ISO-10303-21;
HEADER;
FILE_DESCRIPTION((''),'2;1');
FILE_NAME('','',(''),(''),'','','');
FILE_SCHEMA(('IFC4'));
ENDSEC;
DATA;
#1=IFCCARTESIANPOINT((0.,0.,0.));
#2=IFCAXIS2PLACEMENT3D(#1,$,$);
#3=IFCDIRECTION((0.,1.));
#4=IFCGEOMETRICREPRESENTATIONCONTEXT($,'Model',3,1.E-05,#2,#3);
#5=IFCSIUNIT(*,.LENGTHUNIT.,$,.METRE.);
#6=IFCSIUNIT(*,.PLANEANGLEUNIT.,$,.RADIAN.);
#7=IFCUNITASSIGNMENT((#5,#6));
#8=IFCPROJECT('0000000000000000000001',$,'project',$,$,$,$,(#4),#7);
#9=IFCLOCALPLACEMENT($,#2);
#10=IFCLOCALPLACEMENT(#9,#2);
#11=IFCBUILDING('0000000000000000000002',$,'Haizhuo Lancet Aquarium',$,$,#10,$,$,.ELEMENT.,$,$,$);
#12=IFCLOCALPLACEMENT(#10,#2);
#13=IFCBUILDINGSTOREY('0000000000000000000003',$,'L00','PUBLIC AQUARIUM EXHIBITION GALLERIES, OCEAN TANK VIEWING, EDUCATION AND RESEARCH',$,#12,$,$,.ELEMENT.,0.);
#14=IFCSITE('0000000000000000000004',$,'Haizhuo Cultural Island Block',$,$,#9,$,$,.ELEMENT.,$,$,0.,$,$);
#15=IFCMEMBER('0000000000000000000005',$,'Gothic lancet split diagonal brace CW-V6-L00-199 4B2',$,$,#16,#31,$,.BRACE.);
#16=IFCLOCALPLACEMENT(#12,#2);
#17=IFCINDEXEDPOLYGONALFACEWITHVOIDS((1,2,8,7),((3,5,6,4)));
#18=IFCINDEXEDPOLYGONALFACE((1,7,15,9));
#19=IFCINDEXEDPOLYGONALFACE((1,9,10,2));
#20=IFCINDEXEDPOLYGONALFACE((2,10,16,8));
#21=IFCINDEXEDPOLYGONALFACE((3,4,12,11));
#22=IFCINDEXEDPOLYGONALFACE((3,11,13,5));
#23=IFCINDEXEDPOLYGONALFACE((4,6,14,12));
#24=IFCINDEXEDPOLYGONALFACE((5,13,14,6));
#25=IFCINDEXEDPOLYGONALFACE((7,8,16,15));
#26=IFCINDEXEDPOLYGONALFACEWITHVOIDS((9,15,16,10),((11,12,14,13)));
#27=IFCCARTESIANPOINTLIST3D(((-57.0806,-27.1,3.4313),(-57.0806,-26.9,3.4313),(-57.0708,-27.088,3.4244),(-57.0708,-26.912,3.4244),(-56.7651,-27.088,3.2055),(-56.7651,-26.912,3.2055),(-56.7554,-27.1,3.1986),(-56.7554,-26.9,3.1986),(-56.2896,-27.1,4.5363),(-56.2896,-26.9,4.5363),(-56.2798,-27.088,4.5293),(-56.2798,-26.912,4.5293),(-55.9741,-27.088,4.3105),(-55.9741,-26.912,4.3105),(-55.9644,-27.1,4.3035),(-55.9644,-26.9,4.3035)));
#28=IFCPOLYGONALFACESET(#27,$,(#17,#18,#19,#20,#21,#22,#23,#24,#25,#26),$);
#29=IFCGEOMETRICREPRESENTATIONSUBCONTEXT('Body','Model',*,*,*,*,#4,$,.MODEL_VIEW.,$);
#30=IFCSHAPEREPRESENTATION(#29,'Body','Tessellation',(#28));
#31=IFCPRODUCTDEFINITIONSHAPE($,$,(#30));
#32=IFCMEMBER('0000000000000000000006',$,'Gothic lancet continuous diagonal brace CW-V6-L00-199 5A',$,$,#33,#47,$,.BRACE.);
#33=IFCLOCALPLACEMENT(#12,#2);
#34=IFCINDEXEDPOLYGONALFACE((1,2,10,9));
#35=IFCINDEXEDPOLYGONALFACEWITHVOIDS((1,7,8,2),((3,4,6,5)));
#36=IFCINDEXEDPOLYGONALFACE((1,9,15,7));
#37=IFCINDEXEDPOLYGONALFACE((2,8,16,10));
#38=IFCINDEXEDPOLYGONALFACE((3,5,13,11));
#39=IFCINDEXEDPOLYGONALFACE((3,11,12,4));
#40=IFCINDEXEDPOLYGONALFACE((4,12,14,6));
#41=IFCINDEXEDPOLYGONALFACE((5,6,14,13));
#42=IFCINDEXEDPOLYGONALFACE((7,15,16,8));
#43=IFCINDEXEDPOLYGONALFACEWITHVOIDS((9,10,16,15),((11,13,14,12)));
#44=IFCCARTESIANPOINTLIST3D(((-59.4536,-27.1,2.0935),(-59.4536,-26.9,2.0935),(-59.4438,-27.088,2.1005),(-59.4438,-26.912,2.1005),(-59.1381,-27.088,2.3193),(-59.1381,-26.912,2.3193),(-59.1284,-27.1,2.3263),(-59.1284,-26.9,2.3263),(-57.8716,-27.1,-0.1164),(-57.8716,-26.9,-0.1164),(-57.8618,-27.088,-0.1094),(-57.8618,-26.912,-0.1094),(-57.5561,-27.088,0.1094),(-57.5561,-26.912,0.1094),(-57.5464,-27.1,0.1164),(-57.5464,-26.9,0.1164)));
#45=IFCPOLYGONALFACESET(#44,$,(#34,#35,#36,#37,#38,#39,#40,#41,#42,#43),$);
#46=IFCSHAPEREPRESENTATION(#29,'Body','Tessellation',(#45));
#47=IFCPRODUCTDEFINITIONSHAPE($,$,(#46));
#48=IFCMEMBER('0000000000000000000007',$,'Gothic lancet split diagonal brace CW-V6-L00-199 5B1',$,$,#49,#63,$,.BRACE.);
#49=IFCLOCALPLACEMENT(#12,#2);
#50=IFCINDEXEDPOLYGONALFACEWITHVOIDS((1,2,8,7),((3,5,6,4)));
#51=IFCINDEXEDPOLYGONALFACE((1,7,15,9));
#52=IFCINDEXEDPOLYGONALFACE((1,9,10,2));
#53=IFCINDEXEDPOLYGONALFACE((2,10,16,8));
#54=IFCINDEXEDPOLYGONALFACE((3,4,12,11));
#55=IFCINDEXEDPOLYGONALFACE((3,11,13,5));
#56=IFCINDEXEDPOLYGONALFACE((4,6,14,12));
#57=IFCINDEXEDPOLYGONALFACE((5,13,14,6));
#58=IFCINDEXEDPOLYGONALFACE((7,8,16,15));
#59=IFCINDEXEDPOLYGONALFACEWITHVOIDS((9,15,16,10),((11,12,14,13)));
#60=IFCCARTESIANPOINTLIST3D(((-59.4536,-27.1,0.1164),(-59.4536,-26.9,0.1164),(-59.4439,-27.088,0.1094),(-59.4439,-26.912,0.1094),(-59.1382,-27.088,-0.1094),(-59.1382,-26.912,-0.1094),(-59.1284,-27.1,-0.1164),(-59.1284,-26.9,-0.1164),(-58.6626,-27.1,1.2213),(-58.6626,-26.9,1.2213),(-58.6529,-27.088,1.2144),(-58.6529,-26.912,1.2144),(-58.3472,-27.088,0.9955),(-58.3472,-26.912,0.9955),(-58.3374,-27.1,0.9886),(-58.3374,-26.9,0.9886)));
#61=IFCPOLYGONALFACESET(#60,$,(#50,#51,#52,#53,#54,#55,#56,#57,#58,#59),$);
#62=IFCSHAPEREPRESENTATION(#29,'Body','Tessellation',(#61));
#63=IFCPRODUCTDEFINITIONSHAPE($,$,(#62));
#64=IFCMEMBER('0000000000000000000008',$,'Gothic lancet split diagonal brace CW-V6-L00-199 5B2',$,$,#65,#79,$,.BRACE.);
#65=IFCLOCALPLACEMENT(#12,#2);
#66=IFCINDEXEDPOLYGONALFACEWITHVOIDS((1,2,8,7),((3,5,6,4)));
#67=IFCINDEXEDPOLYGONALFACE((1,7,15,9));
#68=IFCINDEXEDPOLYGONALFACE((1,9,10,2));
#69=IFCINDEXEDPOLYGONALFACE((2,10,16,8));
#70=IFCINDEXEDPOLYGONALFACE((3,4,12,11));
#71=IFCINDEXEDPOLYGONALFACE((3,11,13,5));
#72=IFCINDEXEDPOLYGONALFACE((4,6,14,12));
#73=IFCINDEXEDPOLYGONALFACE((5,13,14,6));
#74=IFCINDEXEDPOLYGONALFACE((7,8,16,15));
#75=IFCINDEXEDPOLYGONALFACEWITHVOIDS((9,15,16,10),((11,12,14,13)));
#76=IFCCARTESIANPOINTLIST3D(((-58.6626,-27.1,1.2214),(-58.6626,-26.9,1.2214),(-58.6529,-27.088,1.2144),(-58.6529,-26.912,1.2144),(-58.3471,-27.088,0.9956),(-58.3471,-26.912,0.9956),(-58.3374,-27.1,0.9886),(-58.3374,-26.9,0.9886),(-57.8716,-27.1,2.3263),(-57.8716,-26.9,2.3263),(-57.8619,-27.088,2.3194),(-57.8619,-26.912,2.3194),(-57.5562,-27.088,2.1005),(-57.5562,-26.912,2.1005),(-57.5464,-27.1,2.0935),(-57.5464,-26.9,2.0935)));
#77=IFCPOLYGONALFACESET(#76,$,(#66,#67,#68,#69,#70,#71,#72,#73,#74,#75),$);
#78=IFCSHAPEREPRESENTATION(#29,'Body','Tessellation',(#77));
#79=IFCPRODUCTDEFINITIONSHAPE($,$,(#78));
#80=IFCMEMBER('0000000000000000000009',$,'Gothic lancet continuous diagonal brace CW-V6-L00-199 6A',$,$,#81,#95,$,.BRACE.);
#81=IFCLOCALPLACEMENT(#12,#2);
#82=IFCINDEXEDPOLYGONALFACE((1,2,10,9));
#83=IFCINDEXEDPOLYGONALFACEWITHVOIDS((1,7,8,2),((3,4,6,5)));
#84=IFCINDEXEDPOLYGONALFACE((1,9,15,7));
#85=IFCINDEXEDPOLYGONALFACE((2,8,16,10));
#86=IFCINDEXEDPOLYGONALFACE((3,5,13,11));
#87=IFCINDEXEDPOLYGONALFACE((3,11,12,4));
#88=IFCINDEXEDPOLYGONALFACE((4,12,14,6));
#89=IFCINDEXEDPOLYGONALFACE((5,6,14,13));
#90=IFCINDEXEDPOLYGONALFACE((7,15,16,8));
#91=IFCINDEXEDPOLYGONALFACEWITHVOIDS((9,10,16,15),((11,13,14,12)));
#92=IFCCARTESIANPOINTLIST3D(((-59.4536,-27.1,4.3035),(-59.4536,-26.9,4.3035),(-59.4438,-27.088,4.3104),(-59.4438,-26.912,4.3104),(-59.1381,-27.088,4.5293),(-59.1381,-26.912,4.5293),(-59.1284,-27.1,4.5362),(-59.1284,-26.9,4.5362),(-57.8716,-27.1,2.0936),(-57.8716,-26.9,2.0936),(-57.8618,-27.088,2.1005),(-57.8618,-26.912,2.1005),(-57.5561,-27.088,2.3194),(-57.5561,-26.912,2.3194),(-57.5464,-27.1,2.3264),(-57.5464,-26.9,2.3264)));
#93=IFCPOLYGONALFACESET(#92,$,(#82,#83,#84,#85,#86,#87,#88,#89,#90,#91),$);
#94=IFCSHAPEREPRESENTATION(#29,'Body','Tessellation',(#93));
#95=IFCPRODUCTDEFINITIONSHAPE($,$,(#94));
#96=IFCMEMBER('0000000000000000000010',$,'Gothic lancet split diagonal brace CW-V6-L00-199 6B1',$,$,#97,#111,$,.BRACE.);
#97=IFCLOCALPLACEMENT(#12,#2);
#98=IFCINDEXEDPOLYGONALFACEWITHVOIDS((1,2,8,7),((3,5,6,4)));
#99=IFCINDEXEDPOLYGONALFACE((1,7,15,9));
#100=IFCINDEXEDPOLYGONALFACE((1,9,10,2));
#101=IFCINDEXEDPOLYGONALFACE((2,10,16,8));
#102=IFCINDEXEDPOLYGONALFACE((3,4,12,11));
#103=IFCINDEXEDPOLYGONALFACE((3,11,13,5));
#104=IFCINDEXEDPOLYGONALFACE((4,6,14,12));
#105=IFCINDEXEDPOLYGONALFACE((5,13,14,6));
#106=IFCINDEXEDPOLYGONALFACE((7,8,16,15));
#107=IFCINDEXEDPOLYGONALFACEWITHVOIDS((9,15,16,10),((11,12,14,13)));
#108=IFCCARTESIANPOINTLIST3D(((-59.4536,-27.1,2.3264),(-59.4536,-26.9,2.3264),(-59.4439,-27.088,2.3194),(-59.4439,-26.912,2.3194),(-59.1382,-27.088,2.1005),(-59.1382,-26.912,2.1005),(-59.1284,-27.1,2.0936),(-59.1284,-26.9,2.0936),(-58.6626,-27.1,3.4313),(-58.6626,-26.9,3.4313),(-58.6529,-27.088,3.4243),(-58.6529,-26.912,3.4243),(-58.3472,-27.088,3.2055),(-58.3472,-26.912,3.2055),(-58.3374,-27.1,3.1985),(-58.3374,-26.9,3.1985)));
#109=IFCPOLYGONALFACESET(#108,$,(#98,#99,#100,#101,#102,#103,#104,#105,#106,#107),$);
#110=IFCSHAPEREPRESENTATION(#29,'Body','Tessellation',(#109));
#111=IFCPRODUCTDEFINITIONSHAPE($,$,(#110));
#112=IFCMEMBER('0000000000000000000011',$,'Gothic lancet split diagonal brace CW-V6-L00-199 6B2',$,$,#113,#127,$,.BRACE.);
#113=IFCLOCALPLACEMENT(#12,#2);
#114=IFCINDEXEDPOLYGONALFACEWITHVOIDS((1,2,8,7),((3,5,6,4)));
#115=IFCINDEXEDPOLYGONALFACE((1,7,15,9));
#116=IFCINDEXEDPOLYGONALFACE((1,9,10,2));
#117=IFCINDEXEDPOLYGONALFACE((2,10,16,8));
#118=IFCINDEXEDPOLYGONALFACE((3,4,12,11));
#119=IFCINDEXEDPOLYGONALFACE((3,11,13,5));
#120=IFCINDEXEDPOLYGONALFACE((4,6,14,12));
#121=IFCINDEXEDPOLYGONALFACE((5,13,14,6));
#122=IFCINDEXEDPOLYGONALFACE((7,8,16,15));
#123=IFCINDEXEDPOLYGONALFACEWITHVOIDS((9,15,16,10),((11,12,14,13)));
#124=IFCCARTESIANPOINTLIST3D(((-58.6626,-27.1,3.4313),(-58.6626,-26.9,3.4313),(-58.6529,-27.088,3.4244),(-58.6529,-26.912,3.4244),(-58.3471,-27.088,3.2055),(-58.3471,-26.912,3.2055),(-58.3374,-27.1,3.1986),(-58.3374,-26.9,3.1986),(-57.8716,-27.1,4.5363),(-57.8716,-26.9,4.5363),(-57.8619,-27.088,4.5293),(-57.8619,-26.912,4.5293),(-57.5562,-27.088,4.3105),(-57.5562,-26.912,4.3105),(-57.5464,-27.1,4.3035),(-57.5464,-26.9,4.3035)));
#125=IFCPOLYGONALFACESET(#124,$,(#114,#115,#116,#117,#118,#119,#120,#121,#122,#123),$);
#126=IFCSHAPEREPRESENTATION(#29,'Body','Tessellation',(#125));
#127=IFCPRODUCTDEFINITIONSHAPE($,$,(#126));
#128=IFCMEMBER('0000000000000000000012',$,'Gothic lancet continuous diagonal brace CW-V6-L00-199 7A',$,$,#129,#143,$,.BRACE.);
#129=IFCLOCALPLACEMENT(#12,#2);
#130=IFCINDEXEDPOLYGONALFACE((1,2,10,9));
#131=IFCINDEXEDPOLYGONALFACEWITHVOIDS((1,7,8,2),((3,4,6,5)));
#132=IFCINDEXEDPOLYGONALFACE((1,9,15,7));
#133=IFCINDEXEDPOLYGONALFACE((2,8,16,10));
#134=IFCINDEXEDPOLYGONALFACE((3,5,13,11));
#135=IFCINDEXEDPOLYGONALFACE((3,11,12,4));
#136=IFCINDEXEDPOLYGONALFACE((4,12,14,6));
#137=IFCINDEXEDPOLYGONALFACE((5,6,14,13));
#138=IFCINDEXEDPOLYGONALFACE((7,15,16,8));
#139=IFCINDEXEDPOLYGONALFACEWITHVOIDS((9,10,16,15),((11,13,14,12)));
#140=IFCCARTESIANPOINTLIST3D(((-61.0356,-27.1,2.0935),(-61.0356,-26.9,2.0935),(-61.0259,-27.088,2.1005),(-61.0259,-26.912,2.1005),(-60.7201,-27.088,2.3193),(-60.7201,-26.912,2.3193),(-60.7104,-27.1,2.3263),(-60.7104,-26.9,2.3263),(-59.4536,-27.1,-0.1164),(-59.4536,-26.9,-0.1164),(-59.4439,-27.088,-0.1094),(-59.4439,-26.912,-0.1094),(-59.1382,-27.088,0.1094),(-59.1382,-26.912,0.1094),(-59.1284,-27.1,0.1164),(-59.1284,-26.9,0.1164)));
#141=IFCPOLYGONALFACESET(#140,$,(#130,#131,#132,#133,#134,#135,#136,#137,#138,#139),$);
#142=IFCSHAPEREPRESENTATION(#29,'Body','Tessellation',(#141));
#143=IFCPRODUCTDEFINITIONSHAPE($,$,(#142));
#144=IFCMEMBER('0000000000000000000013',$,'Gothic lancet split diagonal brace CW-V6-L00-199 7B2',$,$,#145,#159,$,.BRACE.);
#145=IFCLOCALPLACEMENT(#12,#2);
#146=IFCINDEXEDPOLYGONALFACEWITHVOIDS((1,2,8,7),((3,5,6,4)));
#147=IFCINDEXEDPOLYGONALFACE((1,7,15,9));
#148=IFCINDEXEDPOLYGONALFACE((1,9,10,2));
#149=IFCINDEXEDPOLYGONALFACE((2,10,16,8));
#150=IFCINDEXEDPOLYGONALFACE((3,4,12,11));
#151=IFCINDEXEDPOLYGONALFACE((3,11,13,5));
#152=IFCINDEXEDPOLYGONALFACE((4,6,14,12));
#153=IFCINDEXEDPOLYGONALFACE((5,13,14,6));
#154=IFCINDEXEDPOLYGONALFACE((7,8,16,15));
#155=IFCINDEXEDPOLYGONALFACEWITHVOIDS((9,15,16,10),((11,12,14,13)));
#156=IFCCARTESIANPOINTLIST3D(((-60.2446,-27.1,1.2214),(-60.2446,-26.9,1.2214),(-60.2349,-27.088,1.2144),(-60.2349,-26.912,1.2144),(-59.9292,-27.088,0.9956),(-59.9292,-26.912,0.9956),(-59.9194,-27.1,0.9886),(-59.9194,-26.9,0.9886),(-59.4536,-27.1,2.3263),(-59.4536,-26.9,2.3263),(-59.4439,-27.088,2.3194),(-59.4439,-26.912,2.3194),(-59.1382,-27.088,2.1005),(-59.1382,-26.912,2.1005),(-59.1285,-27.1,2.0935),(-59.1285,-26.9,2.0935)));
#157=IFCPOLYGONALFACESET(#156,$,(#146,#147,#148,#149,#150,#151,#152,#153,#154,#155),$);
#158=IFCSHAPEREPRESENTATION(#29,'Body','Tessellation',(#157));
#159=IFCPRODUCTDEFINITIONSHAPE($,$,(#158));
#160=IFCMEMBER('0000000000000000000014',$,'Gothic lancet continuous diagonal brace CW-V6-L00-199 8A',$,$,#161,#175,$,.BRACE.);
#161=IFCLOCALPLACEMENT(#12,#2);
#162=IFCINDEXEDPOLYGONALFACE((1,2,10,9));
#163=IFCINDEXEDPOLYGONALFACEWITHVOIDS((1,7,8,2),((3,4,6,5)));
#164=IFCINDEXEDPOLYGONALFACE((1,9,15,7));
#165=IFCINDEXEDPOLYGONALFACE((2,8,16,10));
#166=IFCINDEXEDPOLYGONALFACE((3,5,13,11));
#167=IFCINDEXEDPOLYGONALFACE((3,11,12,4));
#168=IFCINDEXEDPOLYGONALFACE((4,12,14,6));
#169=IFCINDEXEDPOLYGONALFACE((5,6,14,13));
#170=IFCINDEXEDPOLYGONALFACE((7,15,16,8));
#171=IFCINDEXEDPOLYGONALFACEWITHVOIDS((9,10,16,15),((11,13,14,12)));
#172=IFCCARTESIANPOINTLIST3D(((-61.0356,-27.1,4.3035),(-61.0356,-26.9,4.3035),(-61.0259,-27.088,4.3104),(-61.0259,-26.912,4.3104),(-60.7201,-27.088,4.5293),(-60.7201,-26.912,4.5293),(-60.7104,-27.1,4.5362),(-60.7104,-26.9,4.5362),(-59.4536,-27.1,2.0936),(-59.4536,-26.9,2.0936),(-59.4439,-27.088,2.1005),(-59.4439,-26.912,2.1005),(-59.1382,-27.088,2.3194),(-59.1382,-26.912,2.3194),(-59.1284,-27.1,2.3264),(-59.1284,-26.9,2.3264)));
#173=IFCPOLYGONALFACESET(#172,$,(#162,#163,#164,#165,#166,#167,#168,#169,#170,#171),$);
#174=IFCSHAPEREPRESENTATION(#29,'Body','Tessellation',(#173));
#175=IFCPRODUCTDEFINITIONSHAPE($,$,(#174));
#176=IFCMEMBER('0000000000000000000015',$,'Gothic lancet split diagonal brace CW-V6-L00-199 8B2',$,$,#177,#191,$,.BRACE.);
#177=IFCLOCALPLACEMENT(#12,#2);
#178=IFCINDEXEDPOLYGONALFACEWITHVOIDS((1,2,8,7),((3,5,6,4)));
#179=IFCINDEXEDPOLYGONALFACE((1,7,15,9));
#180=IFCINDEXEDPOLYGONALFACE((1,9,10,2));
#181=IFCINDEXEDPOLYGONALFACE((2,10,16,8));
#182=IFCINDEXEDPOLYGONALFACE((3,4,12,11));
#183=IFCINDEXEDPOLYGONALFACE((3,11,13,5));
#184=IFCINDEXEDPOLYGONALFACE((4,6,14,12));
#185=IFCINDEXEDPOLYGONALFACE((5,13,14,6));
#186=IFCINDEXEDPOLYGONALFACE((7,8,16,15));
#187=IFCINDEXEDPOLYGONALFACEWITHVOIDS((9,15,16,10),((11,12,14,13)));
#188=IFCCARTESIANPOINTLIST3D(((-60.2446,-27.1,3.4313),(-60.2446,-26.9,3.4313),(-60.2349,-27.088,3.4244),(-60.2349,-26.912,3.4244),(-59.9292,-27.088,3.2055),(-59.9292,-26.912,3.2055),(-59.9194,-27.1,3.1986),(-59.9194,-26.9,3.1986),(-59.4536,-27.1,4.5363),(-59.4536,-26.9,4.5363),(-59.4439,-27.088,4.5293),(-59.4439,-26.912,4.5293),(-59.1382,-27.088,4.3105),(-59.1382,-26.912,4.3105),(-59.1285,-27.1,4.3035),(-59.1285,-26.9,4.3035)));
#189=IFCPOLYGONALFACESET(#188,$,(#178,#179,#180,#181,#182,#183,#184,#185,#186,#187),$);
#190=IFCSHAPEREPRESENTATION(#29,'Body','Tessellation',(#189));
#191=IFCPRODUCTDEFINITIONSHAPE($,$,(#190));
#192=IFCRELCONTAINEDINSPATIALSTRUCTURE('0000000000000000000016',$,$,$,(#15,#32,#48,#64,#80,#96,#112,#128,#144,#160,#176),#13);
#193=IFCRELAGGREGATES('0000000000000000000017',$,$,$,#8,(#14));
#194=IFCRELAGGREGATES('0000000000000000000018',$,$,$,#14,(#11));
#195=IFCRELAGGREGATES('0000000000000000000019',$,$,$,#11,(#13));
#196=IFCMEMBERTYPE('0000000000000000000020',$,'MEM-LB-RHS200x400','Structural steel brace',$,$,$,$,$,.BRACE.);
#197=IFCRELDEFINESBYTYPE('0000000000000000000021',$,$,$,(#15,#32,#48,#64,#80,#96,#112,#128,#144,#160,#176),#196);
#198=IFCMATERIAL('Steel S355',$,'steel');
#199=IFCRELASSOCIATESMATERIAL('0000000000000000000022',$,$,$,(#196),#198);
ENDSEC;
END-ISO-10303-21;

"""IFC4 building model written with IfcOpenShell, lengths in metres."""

from ifc_helpers import new_model, si_unit, direction, frame, origin, origin_2d, place, context, subcontext, project, spatial, hollow_rectangle, extrude, material, material_profile, profile_set, type_object, element, save


model = new_model("IFC4")

# Units and contexts
model_context = context("Model", 3, precision=1e-05, world=origin(), true_north=direction((0.0, 1.0)))
body_context = subcontext(model_context, "Body", "Model", "MODEL_VIEW")
ifc_project = project(units=[si_unit("LENGTHUNIT", "METRE"), si_unit("PLANEANGLEUNIT", "RADIAN")], contexts=[model_context])

# Site, building, storey
site_placement = place(None, origin())
site = spatial("IfcSite", under=ifc_project, at=site_placement, Name="Haizhuo Cultural Island Block", CompositionType="ELEMENT", RefElevation=0.0)
building_placement = place(site_placement, origin())
building = spatial("IfcBuilding", under=site, at=building_placement, Name="Haizhuo Lancet Aquarium", CompositionType="ELEMENT")
storey_placement = place(building_placement, origin())
storey = spatial("IfcBuildingStorey", under=building, at=storey_placement, Name="L00", Description="PUBLIC AQUARIUM EXHIBITION GALLERIES, OCEAN TANK VIEWING, EDUCATION AND RESEARCH", CompositionType="ELEMENT", Elevation=0.0)

# Members
ifc_material_1 = material(Name="Steel S355", Category="steel")
ifc_material_profile_1 = material_profile(ifc_material_1, hollow_rectangle(XDim=0.2, YDim=0.3999, WallThickness=0.012, at=origin_2d()), Name="RHS 200x400x12")
ifc_profile_set_1 = profile_set([ifc_material_profile_1], Name="Steel S355")
member_type_1 = type_object("IfcMemberType", Name="MEM-LB-RHS200x400", Description="Structural steel brace", PredefinedType="BRACE", material=ifc_profile_set_1)
for number, where, z_axis, x_axis, name in (
    (1, (-56.918, -27.0, 3.3149), (0.582088, 0.0, 0.813126), (0.0, 1.0, 0.0), "Gothic lancet split diagonal brace CW-V6-L00-199 4B2"),
):
    element("IfcMember", number, at=place(storey_placement, frame(where, z_axis=z_axis, x_axis=x_axis)), inside=storey, type_object=member_type_1, Name=name, PredefinedType="BRACE", context=body_context, shape_type="SweptSolid", body=[
        extrude(hollow_rectangle(XDim=0.2, YDim=0.3999, WallThickness=0.012, at=origin_2d()), origin(), (0.0, 0.0, 1.0), 1.3589),
    ])
member_1_placement = place(storey_placement, frame((-57.709, -27.0, 0.0), z_axis=(-0.582088, 0.0, 0.813126), x_axis=(0.0, -1.0, 0.0)))
element("IfcMember", 2, at=member_1_placement, inside=storey, type_object=member_type_1, Name="Gothic lancet continuous diagonal brace CW-V6-L00-199 5A", PredefinedType="BRACE", context=body_context, shape_type="SweptSolid", body=[
    extrude(hollow_rectangle(XDim=0.2, YDim=0.3999, WallThickness=0.012, at=origin_2d()), origin(), (0.0, 0.0, 1.0), 2.7178),
])
for number, where, z_axis, x_axis, name in (
    (3, (-59.291, -27.0, 0.0), (0.582088, 0.0, 0.813126), (0.0, 1.0, 0.0), "Gothic lancet split diagonal brace CW-V6-L00-199 5B1"),
    (4, (-58.5, -27.0, 1.105), (0.582088, 0.0, 0.813126), (0.0, 1.0, 0.0), "Gothic lancet split diagonal brace CW-V6-L00-199 5B2"),
):
    element("IfcMember", number, at=place(storey_placement, frame(where, z_axis=z_axis, x_axis=x_axis)), inside=storey, type_object=member_type_1, Name=name, PredefinedType="BRACE", context=body_context, shape_type="SweptSolid", body=[
        extrude(hollow_rectangle(XDim=0.2, YDim=0.3999, WallThickness=0.012, at=origin_2d()), origin(), (0.0, 0.0, 1.0), 1.3589),
    ])
member_2_placement = place(storey_placement, frame((-57.709, -27.0, 2.21), z_axis=(-0.582088, 0.0, 0.813126), x_axis=(0.0, -1.0, 0.0)))
element("IfcMember", 5, at=member_2_placement, inside=storey, type_object=member_type_1, Name="Gothic lancet continuous diagonal brace CW-V6-L00-199 6A", PredefinedType="BRACE", context=body_context, shape_type="SweptSolid", body=[
    extrude(hollow_rectangle(XDim=0.2, YDim=0.3999, WallThickness=0.012, at=origin_2d()), origin(), (0.0, 0.0, 1.0), 2.7178),
])
for number, where, z_axis, x_axis, name in (
    (6, (-59.291, -27.0, 2.21), (0.582088, 0.0, 0.813126), (0.0, 1.0, 0.0), "Gothic lancet split diagonal brace CW-V6-L00-199 6B1"),
    (7, (-58.5, -27.0, 3.3149), (0.582088, 0.0, 0.813126), (0.0, 1.0, 0.0), "Gothic lancet split diagonal brace CW-V6-L00-199 6B2"),
):
    element("IfcMember", number, at=place(storey_placement, frame(where, z_axis=z_axis, x_axis=x_axis)), inside=storey, type_object=member_type_1, Name=name, PredefinedType="BRACE", context=body_context, shape_type="SweptSolid", body=[
        extrude(hollow_rectangle(XDim=0.2, YDim=0.3999, WallThickness=0.012, at=origin_2d()), origin(), (0.0, 0.0, 1.0), 1.3589),
    ])
member_3_placement = place(storey_placement, frame((-59.291, -27.0, 0.0), z_axis=(-0.582088, 0.0, 0.813126), x_axis=(0.0, -1.0, 0.0)))
element("IfcMember", 8, at=member_3_placement, inside=storey, type_object=member_type_1, Name="Gothic lancet continuous diagonal brace CW-V6-L00-199 7A", PredefinedType="BRACE", context=body_context, shape_type="SweptSolid", body=[
    extrude(hollow_rectangle(XDim=0.2, YDim=0.3999, WallThickness=0.012, at=origin_2d()), origin(), (0.0, 0.0, 1.0), 2.7178),
])
member_4_placement = place(storey_placement, frame((-60.082, -27.0, 1.105), z_axis=(0.582088, 0.0, 0.813126), x_axis=(0.0, 1.0, 0.0)))
element("IfcMember", 9, at=member_4_placement, inside=storey, type_object=member_type_1, Name="Gothic lancet split diagonal brace CW-V6-L00-199 7B2", PredefinedType="BRACE", context=body_context, shape_type="SweptSolid", body=[
    extrude(hollow_rectangle(XDim=0.2, YDim=0.3999, WallThickness=0.012, at=origin_2d()), origin(), (0.0, 0.0, 1.0), 1.3589),
])
member_5_placement = place(storey_placement, frame((-59.291, -27.0, 2.21), z_axis=(-0.582088, 0.0, 0.813126), x_axis=(0.0, -1.0, 0.0)))
element("IfcMember", 10, at=member_5_placement, inside=storey, type_object=member_type_1, Name="Gothic lancet continuous diagonal brace CW-V6-L00-199 8A", PredefinedType="BRACE", context=body_context, shape_type="SweptSolid", body=[
    extrude(hollow_rectangle(XDim=0.2, YDim=0.3999, WallThickness=0.012, at=origin_2d()), origin(), (0.0, 0.0, 1.0), 2.7178),
])
member_6_placement = place(storey_placement, frame((-60.082, -27.0, 3.3149), z_axis=(0.582088, 0.0, 0.813126), x_axis=(0.0, 1.0, 0.0)))
element("IfcMember", 11, at=member_6_placement, inside=storey, type_object=member_type_1, Name="Gothic lancet split diagonal brace CW-V6-L00-199 8B2", PredefinedType="BRACE", context=body_context, shape_type="SweptSolid", body=[
    extrude(hollow_rectangle(XDim=0.2, YDim=0.3999, WallThickness=0.012, at=origin_2d()), origin(), (0.0, 0.0, 1.0), 1.3589),
])

save(model, "model.ifc")
